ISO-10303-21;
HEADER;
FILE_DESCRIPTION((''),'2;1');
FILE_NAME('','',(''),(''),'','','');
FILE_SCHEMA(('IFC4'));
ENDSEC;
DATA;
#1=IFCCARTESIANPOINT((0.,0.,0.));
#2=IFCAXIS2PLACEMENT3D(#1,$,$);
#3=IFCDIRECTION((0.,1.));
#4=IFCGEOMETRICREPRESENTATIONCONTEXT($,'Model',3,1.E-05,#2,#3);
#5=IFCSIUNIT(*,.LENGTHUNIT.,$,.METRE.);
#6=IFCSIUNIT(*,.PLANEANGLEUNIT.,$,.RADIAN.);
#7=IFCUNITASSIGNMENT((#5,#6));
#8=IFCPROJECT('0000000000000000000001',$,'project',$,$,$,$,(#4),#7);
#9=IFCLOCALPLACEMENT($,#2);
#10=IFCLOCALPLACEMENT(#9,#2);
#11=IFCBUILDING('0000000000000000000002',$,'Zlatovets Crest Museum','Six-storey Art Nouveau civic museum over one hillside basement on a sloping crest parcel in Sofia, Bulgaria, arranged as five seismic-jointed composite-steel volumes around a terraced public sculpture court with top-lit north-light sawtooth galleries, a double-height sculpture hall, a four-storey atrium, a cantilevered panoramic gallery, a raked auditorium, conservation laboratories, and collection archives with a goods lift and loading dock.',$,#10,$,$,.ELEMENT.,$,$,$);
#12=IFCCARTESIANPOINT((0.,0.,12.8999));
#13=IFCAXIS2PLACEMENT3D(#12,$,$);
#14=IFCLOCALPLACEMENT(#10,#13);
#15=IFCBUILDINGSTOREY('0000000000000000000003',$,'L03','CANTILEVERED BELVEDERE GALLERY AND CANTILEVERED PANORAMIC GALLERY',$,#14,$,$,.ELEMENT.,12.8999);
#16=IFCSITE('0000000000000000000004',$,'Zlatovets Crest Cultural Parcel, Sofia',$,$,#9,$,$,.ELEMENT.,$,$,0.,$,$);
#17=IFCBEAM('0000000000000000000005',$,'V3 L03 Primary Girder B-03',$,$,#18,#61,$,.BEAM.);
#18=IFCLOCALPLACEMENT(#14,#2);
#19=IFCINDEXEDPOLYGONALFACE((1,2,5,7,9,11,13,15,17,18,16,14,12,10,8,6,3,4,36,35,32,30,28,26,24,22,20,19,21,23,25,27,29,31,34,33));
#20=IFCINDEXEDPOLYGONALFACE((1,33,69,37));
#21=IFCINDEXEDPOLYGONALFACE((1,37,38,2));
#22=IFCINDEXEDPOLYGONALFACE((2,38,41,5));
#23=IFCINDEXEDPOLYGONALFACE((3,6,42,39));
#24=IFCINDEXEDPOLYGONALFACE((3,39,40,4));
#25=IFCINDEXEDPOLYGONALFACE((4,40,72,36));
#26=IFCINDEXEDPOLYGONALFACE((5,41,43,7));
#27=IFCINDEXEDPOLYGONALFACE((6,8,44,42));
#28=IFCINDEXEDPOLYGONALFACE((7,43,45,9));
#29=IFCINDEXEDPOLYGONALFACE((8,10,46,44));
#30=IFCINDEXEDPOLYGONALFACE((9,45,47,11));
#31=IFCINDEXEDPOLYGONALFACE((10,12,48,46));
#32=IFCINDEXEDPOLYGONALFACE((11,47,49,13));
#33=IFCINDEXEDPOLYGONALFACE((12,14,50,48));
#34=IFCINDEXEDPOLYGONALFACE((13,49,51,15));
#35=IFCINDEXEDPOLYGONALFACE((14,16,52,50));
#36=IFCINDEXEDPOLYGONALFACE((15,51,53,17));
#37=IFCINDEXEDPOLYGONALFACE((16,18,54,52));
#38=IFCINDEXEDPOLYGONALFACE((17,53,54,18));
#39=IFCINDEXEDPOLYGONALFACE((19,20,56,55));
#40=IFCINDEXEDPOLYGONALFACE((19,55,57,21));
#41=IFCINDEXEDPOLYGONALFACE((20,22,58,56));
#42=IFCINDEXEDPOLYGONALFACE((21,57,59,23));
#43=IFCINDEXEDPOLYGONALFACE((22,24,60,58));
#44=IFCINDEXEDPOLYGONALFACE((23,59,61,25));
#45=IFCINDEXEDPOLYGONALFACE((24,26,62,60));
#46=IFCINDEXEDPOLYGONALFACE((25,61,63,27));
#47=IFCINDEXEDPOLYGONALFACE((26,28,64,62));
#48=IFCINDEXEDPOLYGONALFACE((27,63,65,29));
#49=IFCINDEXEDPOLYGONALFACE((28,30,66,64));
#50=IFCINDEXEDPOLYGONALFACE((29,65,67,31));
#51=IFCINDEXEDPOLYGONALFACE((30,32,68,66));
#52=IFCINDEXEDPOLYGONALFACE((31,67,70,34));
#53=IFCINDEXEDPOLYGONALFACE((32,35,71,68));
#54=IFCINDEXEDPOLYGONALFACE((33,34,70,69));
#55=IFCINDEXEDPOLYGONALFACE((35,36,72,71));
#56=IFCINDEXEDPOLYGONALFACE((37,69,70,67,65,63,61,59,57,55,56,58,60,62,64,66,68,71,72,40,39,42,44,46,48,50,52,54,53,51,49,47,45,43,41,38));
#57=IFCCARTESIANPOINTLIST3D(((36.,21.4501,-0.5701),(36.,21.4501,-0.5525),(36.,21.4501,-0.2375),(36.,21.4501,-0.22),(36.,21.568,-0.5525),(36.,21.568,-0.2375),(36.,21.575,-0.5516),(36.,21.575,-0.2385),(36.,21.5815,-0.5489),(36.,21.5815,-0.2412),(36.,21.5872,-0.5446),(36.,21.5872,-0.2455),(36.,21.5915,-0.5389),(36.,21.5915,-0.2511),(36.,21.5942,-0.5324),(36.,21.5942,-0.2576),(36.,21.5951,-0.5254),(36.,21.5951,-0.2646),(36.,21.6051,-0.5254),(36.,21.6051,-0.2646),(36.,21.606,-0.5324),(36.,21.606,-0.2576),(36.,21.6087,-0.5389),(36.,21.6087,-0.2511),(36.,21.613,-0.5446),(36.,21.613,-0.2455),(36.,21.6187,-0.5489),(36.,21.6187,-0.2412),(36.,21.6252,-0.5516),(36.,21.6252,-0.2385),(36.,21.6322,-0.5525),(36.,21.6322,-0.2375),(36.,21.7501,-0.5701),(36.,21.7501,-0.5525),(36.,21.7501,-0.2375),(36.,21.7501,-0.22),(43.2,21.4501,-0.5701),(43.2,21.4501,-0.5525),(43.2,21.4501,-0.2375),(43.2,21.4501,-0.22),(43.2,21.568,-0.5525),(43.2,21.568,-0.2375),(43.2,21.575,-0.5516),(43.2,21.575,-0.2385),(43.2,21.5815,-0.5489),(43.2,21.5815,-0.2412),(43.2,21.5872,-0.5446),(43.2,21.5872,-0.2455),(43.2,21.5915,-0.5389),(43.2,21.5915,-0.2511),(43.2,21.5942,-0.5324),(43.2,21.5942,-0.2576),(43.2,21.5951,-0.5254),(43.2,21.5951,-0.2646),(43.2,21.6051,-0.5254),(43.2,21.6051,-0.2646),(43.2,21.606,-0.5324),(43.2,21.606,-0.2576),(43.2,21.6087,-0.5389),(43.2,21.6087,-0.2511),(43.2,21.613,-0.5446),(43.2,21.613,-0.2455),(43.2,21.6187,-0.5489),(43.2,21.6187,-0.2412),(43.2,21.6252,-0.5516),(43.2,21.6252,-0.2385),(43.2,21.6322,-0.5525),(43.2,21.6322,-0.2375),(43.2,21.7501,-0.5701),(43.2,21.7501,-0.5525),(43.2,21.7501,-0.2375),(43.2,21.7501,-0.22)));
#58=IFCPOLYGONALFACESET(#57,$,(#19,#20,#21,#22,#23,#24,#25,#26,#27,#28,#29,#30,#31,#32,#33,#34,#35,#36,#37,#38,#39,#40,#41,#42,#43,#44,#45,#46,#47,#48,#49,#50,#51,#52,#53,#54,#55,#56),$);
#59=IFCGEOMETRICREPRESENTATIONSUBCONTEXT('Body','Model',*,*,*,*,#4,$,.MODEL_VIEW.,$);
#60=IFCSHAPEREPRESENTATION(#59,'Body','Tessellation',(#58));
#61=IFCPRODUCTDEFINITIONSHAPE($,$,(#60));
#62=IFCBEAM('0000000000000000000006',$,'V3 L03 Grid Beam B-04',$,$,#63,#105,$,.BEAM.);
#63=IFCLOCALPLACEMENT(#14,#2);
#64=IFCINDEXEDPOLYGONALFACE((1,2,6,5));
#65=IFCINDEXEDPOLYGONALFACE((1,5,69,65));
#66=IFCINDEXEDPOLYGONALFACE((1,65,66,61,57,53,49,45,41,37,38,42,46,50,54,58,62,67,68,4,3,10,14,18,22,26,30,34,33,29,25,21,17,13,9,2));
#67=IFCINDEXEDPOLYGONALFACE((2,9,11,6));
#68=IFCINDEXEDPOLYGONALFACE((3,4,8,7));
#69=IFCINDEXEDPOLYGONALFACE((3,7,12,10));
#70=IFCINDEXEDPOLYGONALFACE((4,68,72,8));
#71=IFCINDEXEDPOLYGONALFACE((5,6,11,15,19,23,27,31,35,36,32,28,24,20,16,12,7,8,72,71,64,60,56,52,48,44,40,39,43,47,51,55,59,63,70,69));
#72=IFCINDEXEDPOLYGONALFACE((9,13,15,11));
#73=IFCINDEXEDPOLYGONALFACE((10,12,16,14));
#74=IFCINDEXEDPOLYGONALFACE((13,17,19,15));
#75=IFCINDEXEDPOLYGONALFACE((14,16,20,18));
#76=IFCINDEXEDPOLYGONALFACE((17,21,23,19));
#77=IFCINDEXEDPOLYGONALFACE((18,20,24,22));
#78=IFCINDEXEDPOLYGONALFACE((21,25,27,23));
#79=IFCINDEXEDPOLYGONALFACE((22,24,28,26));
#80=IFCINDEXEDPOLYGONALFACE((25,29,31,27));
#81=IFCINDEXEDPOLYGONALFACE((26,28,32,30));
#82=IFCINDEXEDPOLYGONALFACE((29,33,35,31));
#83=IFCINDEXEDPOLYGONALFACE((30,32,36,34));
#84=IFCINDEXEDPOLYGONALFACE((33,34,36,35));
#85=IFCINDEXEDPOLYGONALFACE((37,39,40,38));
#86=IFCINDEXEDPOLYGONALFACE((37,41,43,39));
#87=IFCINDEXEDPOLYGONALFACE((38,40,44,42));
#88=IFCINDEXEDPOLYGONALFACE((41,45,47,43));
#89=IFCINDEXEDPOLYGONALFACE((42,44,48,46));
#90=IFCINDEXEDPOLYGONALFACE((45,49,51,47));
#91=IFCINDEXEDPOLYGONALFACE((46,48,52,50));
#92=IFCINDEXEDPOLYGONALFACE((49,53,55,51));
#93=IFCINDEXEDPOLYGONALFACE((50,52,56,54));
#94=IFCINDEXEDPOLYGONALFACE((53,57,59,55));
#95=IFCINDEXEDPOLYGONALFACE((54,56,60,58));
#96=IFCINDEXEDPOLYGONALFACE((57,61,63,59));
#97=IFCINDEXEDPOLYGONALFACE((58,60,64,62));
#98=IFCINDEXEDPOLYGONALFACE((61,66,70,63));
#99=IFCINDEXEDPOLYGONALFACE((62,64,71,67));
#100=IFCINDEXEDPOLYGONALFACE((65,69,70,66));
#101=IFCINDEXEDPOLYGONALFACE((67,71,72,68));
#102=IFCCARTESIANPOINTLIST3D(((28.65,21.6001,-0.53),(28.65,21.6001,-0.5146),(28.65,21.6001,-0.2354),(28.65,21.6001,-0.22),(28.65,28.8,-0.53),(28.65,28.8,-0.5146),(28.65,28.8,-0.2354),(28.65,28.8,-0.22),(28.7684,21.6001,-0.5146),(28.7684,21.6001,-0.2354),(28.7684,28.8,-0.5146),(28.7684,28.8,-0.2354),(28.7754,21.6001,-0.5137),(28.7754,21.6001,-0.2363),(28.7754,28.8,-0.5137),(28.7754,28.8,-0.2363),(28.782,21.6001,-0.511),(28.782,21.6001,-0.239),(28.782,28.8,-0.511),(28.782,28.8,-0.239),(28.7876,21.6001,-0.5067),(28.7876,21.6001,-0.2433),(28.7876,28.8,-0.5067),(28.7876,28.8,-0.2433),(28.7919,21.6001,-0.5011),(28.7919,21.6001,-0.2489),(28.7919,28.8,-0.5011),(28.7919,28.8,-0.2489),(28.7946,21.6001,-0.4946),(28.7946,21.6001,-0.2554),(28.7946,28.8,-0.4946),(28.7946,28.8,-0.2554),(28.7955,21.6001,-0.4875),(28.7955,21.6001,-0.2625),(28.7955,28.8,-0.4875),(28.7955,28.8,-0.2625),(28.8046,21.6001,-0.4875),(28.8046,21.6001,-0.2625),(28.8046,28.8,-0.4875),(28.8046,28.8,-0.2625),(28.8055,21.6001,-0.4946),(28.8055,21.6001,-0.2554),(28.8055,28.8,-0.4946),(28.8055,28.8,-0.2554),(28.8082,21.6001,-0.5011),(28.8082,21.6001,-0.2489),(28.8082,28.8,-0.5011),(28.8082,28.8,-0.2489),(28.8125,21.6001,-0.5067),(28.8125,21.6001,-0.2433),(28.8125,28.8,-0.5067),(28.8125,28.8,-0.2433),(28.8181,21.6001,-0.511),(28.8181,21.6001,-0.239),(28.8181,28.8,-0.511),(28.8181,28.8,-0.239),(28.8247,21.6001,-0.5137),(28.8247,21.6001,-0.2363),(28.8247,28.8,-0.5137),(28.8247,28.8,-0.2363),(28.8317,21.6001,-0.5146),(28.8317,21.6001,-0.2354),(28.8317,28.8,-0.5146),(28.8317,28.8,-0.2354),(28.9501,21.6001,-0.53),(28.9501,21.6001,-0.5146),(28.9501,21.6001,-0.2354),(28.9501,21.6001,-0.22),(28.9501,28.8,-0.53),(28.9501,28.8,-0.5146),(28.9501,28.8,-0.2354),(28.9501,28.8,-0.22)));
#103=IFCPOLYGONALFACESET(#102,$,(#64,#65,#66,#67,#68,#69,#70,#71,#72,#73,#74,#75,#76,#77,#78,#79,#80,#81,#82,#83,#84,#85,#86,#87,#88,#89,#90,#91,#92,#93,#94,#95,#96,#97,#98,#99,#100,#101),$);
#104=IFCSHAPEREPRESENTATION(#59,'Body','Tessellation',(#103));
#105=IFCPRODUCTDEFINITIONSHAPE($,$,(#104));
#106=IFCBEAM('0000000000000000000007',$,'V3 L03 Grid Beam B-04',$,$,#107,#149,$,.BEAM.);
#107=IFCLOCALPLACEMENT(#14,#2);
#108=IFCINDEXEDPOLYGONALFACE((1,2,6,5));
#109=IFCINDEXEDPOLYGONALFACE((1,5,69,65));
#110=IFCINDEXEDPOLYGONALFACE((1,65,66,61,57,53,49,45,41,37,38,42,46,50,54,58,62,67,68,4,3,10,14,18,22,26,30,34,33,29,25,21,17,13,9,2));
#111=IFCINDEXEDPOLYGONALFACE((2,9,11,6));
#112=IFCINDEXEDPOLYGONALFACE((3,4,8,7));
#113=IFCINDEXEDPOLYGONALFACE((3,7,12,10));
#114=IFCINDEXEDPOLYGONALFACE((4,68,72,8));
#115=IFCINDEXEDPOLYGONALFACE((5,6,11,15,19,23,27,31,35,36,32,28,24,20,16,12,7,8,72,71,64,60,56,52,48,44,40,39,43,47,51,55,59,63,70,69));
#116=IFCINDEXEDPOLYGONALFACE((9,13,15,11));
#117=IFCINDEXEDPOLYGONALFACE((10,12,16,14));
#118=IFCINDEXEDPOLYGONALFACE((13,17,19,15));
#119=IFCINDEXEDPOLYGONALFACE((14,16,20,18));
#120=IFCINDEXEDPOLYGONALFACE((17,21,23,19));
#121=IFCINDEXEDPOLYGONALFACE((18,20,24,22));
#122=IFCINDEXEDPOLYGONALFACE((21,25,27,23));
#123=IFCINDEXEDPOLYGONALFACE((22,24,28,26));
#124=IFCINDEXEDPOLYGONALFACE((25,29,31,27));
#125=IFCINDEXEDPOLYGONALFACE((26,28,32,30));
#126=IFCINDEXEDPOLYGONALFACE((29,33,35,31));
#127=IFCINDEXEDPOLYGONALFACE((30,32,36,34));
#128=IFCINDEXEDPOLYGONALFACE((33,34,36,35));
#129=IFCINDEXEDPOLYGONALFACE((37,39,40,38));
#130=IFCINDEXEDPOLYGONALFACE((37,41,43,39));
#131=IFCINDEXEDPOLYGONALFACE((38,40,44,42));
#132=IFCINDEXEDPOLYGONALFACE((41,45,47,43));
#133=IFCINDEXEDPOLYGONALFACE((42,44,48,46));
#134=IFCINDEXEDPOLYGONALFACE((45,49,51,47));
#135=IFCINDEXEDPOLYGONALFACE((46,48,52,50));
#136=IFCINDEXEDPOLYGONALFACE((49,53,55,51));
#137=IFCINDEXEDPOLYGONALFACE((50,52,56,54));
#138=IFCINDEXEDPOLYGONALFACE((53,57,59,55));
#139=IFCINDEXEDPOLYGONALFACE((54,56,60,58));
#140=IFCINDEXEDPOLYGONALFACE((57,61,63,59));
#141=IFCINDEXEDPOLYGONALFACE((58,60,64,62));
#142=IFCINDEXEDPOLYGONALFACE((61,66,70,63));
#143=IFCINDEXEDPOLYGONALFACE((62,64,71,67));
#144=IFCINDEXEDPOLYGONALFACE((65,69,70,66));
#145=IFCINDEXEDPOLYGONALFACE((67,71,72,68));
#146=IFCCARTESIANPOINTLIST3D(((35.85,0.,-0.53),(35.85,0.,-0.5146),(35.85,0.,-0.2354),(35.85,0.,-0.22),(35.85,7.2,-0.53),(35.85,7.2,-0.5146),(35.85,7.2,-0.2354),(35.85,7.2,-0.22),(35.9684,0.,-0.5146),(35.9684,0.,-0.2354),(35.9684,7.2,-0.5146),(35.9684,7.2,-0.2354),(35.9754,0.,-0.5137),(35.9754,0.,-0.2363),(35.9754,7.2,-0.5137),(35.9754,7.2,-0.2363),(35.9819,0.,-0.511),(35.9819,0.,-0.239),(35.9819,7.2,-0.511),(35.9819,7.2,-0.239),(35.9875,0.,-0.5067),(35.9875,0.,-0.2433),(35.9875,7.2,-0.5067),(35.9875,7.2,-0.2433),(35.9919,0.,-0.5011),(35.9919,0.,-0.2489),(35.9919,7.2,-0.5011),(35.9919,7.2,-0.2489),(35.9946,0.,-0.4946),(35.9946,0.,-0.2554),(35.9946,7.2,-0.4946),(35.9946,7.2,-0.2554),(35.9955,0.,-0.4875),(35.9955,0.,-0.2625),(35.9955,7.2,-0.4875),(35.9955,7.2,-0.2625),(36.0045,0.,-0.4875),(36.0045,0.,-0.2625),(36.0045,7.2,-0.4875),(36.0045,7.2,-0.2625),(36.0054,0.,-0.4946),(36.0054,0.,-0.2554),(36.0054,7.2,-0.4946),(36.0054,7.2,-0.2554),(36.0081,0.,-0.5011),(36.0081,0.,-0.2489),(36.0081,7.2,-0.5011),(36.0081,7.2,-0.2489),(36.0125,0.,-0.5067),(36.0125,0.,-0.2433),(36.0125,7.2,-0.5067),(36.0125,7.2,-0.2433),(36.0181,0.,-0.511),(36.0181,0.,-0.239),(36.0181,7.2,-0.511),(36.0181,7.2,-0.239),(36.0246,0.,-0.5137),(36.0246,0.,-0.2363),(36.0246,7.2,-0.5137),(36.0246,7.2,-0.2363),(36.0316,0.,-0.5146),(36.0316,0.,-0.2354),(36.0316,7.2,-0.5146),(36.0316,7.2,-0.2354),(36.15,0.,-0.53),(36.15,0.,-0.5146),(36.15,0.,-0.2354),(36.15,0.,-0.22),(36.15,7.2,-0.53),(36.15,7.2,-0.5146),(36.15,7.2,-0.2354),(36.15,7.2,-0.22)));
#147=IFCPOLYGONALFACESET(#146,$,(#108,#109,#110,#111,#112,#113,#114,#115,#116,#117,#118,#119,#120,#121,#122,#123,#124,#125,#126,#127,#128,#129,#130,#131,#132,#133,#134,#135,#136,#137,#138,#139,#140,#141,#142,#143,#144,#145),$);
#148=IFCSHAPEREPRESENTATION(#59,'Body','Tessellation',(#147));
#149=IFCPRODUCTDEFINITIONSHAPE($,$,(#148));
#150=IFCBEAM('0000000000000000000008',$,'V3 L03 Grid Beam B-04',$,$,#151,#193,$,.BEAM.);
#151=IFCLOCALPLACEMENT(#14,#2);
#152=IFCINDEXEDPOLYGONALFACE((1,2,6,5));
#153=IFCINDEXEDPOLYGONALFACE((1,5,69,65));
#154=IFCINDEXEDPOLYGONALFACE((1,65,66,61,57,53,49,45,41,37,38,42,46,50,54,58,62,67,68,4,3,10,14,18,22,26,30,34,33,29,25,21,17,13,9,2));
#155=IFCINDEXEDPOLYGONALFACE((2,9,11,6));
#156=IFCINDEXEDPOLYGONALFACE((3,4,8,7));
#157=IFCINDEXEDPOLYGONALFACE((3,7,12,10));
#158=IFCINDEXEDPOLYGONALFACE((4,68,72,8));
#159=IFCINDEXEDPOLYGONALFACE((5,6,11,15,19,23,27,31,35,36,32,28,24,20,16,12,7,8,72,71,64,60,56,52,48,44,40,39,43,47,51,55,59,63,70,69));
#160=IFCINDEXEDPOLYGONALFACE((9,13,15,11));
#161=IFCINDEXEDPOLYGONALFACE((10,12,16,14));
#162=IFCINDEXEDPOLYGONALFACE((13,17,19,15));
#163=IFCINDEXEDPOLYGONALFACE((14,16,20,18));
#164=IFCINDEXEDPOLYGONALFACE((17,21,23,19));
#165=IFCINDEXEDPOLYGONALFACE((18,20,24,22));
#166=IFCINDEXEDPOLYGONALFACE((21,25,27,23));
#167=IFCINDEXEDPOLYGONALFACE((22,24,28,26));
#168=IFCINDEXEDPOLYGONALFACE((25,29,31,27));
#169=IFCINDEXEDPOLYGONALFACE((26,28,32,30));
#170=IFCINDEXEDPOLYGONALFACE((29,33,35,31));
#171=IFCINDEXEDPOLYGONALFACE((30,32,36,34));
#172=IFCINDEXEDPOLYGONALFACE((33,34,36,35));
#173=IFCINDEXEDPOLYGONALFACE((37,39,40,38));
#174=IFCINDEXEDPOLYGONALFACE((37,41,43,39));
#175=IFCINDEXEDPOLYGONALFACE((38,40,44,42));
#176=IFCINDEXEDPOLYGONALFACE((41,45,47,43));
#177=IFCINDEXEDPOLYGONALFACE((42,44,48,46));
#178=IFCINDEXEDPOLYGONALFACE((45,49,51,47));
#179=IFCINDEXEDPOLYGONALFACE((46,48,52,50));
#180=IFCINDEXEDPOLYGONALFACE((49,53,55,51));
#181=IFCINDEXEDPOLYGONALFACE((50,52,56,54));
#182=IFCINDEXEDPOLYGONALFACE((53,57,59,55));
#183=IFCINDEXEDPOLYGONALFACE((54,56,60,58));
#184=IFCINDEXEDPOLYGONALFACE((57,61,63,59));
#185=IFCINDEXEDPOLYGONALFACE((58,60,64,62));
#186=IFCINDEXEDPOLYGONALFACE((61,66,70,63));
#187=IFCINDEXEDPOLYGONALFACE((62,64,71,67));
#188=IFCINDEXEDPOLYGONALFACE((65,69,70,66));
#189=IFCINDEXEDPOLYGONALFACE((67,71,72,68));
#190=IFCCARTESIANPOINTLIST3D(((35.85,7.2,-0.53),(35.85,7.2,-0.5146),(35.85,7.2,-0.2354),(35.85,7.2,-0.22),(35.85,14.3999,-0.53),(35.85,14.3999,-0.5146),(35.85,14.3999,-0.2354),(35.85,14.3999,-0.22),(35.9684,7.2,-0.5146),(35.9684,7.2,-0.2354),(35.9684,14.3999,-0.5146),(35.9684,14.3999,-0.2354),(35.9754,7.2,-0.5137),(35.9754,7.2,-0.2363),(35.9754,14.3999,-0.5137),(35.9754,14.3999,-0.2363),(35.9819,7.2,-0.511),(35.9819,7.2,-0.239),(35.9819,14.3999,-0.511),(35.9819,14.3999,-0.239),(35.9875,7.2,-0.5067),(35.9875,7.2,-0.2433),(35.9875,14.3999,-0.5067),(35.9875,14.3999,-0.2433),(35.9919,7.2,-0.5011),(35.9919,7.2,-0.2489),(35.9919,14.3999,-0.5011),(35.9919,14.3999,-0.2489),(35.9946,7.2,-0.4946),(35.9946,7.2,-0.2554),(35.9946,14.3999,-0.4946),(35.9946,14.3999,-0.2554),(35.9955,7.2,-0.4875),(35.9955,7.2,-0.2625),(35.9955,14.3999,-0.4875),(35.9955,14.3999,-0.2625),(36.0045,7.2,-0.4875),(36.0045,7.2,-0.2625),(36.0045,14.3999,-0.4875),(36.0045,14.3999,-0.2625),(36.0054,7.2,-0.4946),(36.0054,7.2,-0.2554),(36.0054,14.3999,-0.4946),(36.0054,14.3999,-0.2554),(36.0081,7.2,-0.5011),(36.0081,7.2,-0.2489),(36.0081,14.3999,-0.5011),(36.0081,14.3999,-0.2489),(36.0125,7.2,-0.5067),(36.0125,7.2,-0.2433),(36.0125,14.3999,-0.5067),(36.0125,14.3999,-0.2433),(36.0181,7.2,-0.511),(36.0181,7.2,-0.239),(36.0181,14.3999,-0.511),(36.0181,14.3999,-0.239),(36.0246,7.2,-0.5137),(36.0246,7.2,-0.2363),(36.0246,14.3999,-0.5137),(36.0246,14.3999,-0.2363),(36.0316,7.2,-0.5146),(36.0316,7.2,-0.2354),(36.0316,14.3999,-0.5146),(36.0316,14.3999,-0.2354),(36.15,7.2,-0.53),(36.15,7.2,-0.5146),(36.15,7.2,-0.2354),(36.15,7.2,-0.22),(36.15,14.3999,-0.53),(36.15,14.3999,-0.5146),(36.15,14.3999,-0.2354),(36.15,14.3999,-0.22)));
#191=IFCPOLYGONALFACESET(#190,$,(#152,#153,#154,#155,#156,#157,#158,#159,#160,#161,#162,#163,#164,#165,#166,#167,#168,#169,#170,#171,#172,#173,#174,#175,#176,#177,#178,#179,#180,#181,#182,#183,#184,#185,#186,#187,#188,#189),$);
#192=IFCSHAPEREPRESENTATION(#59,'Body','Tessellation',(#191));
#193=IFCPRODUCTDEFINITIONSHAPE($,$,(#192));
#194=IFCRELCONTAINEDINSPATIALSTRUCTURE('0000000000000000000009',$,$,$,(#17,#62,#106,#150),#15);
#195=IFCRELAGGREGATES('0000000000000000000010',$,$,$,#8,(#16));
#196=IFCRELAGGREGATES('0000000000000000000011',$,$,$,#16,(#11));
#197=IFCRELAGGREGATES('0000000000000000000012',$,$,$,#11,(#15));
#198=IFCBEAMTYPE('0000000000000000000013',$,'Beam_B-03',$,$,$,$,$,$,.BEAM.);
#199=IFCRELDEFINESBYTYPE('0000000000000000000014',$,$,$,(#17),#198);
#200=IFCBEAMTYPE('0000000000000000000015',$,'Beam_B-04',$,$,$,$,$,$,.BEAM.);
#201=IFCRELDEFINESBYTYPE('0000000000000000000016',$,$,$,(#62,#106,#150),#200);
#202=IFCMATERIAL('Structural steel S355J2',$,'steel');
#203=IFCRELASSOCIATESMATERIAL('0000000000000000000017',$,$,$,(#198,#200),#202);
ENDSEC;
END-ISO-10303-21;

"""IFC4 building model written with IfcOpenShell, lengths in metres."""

from ifc_helpers import new_model, si_unit, direction, frame, origin, origin_2d, place, context, subcontext, project, spatial, i_section, extrude, material, material_profile, profile_set, type_object, element, save


model = new_model("IFC4")

# Units and contexts
model_context = context("Model", 3, precision=1e-05, world=origin(), true_north=direction((0.0, 1.0)))
body_context = subcontext(model_context, "Body", "Model", "MODEL_VIEW")
ifc_project = project(units=[si_unit("LENGTHUNIT", "METRE"), si_unit("PLANEANGLEUNIT", "RADIAN")], contexts=[model_context])

# Site, building, storey
site_placement = place(None, origin())
site = spatial("IfcSite", under=ifc_project, at=site_placement, Name="Zlatovets Crest Cultural Parcel, Sofia", CompositionType="ELEMENT", RefElevation=0.0)
building_placement = place(site_placement, origin())
building = spatial("IfcBuilding", under=site, at=building_placement, Name="Zlatovets Crest Museum", Description="Six-storey Art Nouveau civic museum over one hillside basement on a sloping crest parcel in Sofia, Bulgaria, arranged as five seismic-jointed composite-steel volumes around a terraced public sculpture court with top-lit north-light sawtooth galleries, a double-height sculpture hall, a four-storey atrium, a cantilevered panoramic gallery, a raked auditorium, conservation laboratories, and collection archives with a goods lift and loading dock.", CompositionType="ELEMENT")
storey_placement = place(building_placement, frame((0.0, 0.0, 12.8999)))
storey = spatial("IfcBuildingStorey", under=building, at=storey_placement, Name="L03", Description="CANTILEVERED BELVEDERE GALLERY AND CANTILEVERED PANORAMIC GALLERY", CompositionType="ELEMENT", Elevation=12.8999)

# Beams
ifc_material_1 = material(Name="Structural steel S355J2", Category="steel")
ifc_material_profile_1 = material_profile(ifc_material_1, i_section(OverallWidth=0.3, OverallDepth=0.3501, WebThickness=0.01, FlangeThickness=0.0176, FilletRadius=0.0271, at=origin_2d()), Name="HEA 360")
ifc_profile_set_1 = profile_set([ifc_material_profile_1], Name="Structural steel S355J2")
beam_type_1 = type_object("IfcBeamType", Name="Beam_B-03", PredefinedType="BEAM", material=ifc_profile_set_1)
for number, where, z_axis, x_axis, name in (
    (1, (36.0, 21.6001, -0.395), (1.0, 0.0, 0.0), (0.0, 1.0, 0.0), "V3 L03 Primary Girder B-03"),
):
    element("IfcBeam", number, at=place(storey_placement, frame(where, z_axis=z_axis, x_axis=x_axis)), inside=storey, type_object=beam_type_1, Name=name, PredefinedType="BEAM", context=body_context, shape_type="SweptSolid", body=[
        extrude(i_section(OverallWidth=0.3, OverallDepth=0.3501, WebThickness=0.01, FlangeThickness=0.0176, FilletRadius=0.0271, at=origin_2d()), origin(), (0.0, 0.0, 1.0), 7.2),
    ])
ifc_material_profile_2 = material_profile(ifc_material_1, i_section(OverallWidth=0.3, OverallDepth=0.3101, WebThickness=0.009, FlangeThickness=0.0154, FilletRadius=0.0271, at=origin_2d()), Name="HEA 320")
ifc_profile_set_2 = profile_set([ifc_material_profile_2], Name="Structural steel S355J2")
beam_type_2 = type_object("IfcBeamType", Name="Beam_B-04", PredefinedType="BEAM", material=ifc_profile_set_2)
for number, where, z_axis, x_axis, name in (
    (2, (28.8, 21.6001, -0.375), (0.0, 1.0, 0.0), (-1.0, 0.0, 0.0), "V3 L03 Grid Beam B-04"),
    (3, (36.0, 0.0, -0.375), (0.0, 1.0, 0.0), (-1.0, 0.0, 0.0), "V3 L03 Grid Beam B-04"),
    (4, (36.0, 7.2, -0.375), (0.0, 1.0, 0.0), (-1.0, 0.0, 0.0), "V3 L03 Grid Beam B-04"),
):
    element("IfcBeam", number, at=place(storey_placement, frame(where, z_axis=z_axis, x_axis=x_axis)), inside=storey, type_object=beam_type_2, Name=name, PredefinedType="BEAM", context=body_context, shape_type="SweptSolid", body=[
        extrude(i_section(OverallWidth=0.3, OverallDepth=0.3101, WebThickness=0.009, FlangeThickness=0.0154, FilletRadius=0.0271, at=origin_2d()), origin(), (0.0, 0.0, 1.0), 7.2),
    ])

save(model, "model.ifc")
